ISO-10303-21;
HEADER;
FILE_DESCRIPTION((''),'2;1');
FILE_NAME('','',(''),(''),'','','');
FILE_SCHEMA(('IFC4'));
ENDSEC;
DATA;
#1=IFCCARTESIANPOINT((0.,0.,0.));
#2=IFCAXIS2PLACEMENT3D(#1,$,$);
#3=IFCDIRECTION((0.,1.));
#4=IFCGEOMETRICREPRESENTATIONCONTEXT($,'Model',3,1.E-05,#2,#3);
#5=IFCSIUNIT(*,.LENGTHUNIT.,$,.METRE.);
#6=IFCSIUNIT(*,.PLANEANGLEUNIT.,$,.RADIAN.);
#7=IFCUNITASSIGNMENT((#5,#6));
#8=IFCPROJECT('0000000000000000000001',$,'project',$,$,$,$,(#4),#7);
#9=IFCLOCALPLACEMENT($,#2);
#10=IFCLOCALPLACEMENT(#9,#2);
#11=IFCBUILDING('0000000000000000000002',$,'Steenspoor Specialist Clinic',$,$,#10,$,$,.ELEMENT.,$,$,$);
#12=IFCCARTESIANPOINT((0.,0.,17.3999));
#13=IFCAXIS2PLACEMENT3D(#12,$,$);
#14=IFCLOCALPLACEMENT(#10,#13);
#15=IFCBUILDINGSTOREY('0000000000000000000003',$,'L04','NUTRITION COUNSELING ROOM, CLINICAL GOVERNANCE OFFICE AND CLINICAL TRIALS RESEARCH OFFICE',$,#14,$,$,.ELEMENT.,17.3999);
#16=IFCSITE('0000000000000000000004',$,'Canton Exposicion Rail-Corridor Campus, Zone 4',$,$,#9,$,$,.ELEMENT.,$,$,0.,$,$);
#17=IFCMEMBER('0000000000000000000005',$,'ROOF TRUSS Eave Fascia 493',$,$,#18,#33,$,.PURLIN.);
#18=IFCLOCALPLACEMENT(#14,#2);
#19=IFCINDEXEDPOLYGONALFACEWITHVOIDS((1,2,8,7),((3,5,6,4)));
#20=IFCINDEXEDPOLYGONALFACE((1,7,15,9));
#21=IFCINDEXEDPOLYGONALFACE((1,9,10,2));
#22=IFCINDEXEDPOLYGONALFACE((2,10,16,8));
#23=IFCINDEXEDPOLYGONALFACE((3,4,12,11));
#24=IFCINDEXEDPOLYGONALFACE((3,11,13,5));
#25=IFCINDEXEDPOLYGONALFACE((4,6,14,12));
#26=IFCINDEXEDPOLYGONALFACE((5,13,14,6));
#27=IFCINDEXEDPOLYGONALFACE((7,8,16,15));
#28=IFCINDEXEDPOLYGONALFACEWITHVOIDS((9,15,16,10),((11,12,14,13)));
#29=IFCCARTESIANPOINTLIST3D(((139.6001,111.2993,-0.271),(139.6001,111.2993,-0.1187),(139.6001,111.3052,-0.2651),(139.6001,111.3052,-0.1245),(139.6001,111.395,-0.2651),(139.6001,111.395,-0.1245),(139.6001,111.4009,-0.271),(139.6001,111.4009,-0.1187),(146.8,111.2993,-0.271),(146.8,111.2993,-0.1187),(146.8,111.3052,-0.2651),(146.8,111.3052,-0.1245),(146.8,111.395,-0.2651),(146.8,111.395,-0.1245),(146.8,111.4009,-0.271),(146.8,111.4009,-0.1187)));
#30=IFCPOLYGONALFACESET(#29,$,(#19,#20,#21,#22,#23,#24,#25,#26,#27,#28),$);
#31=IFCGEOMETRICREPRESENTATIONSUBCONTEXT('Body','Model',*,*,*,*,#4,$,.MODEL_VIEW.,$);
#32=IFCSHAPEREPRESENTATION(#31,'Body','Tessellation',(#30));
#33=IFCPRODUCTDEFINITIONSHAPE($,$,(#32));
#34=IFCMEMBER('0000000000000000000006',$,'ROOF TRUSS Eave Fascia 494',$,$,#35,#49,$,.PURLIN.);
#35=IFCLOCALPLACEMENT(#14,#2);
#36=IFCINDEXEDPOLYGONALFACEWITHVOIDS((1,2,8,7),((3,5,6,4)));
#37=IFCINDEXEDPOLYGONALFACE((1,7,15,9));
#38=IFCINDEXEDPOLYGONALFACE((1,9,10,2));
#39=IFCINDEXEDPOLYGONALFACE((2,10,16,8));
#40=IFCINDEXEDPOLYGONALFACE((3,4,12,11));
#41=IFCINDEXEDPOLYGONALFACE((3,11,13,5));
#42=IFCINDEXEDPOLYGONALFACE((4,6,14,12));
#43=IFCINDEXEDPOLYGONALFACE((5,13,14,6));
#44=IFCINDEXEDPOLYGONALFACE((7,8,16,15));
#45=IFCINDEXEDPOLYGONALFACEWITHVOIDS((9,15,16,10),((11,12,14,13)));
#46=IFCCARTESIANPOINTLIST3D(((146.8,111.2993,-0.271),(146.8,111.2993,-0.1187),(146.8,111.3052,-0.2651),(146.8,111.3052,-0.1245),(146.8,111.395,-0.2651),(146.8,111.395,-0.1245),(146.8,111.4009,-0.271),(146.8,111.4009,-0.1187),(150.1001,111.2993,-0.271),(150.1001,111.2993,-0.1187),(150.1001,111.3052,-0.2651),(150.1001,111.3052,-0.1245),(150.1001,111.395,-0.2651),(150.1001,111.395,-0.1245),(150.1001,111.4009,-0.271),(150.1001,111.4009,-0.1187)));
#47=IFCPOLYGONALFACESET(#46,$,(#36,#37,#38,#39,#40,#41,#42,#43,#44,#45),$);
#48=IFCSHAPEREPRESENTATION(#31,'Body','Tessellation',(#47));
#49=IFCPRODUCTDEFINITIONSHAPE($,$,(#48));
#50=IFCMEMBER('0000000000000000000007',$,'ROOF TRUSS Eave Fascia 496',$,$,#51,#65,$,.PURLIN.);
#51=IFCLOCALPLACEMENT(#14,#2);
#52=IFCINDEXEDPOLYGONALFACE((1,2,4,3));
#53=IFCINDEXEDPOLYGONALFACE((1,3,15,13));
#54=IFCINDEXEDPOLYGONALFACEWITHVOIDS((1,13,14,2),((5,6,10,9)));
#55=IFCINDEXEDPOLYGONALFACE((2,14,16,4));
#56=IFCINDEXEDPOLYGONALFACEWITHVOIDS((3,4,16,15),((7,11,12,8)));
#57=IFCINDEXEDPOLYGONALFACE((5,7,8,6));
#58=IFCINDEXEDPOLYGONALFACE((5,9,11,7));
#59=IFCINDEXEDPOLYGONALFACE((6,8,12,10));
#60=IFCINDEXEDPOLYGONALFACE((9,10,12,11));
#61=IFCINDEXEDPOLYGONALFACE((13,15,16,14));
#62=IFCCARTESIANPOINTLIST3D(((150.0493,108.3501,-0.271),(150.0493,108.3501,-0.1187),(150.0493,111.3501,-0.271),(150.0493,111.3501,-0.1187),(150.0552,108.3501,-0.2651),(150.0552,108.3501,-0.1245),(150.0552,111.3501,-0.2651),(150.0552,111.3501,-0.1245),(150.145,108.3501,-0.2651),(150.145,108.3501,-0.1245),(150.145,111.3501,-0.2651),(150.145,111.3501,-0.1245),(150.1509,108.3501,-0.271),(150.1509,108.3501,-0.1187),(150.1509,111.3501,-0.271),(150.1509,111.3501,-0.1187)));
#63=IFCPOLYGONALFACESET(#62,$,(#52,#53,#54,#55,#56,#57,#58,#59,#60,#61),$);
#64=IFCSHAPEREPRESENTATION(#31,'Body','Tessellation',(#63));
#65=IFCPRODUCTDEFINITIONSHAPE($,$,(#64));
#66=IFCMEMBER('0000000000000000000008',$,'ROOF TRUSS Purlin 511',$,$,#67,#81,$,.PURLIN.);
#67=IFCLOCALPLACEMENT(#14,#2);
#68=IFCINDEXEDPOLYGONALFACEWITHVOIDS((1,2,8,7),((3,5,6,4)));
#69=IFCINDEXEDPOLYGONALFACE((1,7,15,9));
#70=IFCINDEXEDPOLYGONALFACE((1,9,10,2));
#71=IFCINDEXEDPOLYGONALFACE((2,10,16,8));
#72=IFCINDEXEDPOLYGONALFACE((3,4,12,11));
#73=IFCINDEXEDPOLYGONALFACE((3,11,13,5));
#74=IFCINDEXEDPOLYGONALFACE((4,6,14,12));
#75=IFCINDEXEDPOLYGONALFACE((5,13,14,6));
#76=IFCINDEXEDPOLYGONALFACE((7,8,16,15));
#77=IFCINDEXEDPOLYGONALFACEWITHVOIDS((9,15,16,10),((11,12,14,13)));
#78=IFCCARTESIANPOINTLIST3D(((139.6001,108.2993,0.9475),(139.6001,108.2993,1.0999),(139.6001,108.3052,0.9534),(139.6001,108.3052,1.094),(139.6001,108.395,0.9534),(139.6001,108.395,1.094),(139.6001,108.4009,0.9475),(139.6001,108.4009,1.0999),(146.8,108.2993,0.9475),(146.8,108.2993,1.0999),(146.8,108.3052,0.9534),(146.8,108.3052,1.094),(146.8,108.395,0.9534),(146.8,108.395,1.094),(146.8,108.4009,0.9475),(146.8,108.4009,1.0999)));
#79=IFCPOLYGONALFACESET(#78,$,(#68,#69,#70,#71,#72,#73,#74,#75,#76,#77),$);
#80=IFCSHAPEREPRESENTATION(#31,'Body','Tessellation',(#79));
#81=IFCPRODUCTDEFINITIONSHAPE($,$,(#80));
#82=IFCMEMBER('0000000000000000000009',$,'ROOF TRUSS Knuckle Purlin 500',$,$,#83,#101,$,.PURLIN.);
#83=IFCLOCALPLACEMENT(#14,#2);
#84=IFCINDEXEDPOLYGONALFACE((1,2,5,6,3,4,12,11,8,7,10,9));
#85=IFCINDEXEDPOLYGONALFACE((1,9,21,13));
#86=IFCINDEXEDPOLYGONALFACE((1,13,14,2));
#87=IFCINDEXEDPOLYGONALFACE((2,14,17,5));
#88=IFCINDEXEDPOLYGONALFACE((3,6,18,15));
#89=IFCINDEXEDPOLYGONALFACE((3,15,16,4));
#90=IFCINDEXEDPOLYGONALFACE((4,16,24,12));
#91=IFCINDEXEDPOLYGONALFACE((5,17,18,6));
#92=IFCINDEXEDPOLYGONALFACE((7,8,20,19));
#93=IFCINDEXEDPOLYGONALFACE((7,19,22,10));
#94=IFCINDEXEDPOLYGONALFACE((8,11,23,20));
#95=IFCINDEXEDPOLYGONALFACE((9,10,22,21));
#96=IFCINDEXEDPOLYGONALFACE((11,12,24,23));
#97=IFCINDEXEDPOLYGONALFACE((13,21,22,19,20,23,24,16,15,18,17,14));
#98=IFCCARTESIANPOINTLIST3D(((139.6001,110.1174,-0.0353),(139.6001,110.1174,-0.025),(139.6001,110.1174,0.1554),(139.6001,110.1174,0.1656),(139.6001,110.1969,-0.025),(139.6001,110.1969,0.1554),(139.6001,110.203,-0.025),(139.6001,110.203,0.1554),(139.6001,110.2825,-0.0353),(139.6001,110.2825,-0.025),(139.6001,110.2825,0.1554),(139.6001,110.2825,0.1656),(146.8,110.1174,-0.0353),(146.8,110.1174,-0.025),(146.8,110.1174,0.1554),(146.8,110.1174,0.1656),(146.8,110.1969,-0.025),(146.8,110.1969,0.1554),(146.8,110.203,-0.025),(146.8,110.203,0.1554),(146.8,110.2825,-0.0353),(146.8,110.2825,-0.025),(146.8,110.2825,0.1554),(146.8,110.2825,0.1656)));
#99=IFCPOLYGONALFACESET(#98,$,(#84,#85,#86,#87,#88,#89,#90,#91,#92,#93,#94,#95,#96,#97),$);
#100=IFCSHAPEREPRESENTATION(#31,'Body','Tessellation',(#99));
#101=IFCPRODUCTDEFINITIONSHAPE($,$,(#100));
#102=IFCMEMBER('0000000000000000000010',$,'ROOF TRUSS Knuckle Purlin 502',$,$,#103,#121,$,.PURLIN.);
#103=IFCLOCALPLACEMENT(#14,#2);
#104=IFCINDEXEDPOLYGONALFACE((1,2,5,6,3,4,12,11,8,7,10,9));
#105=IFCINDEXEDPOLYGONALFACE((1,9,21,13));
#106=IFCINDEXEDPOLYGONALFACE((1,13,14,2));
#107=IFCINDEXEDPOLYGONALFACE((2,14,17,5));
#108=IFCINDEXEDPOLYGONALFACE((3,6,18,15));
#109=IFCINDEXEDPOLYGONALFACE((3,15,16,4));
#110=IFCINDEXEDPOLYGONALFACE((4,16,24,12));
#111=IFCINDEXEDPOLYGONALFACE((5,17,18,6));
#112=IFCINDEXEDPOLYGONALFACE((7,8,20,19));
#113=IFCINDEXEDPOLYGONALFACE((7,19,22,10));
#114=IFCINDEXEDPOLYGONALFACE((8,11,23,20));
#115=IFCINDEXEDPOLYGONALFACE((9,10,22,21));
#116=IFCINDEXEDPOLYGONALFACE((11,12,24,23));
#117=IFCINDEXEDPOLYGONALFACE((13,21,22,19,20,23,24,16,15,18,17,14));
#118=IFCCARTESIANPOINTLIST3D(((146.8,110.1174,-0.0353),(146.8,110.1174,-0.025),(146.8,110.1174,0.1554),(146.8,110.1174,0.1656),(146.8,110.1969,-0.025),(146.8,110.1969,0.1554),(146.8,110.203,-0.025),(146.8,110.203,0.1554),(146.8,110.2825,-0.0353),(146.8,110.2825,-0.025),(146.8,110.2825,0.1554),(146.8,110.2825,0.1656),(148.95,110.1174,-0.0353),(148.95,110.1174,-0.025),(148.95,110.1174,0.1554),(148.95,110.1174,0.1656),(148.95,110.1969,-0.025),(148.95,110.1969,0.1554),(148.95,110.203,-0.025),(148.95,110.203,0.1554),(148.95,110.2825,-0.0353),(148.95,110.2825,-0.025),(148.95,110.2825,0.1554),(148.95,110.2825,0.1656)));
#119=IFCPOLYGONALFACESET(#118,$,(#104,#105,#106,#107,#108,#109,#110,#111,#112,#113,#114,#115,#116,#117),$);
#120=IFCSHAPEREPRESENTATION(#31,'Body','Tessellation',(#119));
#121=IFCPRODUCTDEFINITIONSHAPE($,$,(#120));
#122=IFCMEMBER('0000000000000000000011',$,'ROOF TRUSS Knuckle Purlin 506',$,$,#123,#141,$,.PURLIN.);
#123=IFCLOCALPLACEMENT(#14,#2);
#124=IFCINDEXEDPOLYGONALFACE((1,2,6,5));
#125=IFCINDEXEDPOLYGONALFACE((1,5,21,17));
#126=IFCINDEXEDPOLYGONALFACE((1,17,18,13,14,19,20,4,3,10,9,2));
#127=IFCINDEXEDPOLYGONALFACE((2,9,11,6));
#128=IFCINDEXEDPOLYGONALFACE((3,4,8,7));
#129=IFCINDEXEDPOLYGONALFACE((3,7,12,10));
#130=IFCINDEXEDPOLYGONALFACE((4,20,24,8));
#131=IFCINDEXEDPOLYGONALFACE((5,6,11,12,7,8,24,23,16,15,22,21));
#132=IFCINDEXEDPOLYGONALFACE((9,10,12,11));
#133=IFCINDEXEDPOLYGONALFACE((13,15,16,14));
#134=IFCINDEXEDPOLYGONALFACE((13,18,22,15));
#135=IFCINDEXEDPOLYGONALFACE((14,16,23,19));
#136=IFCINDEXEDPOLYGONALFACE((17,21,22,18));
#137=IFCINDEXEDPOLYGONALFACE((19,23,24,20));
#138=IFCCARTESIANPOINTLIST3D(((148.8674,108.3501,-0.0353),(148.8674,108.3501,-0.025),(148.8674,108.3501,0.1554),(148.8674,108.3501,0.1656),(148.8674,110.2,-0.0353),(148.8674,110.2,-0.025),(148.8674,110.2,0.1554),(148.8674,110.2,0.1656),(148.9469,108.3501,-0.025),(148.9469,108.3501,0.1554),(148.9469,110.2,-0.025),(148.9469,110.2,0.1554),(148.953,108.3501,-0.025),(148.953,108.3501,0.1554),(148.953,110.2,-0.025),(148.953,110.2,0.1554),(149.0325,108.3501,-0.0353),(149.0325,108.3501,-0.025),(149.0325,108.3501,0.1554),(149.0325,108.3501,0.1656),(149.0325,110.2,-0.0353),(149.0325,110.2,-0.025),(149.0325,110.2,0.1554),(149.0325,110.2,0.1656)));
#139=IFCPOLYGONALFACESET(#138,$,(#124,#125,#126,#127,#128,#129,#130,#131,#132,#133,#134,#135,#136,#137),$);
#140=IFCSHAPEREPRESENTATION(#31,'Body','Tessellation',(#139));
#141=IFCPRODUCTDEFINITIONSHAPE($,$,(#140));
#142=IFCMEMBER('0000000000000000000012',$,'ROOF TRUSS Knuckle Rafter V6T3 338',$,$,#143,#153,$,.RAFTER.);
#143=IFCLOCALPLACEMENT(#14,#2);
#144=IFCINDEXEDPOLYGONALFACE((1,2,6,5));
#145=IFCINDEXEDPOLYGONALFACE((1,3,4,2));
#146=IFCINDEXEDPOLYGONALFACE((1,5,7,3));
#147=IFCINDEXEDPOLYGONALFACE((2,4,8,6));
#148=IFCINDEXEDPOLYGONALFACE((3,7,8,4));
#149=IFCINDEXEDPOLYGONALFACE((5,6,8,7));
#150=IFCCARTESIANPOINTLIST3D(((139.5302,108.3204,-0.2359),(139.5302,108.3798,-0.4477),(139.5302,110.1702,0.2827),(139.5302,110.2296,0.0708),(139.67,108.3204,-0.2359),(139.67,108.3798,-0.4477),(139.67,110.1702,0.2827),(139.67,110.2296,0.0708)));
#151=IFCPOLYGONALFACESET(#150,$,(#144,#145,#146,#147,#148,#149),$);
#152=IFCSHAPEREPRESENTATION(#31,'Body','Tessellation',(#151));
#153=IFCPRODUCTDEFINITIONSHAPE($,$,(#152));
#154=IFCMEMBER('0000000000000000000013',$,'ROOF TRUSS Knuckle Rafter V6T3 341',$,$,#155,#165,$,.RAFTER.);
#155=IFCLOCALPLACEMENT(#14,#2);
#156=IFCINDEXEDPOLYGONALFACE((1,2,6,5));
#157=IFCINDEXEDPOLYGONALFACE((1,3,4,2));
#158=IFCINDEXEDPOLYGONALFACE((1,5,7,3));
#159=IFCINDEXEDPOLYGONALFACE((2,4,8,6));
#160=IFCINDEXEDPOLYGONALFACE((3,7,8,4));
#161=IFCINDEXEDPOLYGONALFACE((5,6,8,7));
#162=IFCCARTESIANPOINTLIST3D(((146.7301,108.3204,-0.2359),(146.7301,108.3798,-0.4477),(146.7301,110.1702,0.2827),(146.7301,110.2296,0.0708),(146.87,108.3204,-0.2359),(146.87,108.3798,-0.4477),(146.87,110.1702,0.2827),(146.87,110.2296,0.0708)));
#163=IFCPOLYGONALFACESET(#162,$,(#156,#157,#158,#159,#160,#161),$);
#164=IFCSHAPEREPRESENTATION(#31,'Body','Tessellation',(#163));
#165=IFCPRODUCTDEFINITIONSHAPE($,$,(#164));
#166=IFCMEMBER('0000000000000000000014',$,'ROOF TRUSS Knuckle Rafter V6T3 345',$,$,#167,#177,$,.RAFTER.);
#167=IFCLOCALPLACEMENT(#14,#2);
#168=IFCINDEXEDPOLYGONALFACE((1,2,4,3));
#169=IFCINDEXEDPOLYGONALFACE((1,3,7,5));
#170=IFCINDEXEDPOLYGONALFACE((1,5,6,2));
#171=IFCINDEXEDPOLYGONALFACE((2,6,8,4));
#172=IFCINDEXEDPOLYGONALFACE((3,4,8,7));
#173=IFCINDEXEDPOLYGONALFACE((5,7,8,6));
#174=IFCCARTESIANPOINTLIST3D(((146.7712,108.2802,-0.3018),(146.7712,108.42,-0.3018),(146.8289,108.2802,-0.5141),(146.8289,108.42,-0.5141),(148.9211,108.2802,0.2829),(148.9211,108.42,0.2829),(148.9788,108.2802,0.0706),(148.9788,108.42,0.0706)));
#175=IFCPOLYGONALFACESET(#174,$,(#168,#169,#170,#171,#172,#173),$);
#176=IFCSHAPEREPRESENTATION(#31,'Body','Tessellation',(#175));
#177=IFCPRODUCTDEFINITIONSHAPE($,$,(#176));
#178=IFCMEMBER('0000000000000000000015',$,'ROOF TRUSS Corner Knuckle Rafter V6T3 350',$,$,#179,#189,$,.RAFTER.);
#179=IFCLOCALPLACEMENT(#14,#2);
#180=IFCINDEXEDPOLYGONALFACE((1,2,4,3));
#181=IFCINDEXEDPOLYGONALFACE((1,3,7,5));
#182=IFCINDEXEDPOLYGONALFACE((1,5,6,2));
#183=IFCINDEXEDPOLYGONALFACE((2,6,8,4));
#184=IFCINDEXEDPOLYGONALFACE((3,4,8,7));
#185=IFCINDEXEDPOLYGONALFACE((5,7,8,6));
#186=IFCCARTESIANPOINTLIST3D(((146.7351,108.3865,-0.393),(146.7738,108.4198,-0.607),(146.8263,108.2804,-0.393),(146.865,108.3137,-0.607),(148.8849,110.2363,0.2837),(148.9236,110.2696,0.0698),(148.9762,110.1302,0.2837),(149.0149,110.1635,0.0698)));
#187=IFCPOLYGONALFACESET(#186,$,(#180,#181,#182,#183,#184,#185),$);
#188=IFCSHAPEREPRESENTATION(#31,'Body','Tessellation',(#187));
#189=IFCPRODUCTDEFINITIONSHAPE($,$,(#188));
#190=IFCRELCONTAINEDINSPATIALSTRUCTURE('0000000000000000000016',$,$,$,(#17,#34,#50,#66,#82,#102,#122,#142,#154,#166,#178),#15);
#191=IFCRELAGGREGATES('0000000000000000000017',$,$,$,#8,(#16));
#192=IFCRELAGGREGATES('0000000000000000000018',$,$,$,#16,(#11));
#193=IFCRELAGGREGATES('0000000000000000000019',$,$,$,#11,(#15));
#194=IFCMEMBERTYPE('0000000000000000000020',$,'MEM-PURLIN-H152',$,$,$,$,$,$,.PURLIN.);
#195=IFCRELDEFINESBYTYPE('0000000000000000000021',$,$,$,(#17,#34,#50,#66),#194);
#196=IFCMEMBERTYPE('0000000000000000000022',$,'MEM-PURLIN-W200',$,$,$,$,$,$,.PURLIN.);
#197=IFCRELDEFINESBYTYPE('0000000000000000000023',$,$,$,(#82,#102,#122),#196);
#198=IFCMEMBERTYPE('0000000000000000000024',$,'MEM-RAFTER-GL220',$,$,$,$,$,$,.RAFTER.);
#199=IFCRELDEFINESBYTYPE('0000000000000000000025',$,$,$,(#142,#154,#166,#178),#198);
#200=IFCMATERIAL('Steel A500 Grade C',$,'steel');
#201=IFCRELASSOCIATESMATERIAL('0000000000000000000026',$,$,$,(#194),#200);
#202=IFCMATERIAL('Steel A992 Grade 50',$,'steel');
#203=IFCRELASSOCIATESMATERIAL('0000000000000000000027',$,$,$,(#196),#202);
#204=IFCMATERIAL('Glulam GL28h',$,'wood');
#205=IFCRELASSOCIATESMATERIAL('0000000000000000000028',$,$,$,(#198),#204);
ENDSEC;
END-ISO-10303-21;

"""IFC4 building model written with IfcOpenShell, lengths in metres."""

from ifc_helpers import new_model, si_unit, direction, frame, origin, origin_2d, place, context, subcontext, project, spatial, rectangle, hollow_rectangle, i_section, extrude, material, material_profile, profile_set, type_object, element, save


model = new_model("IFC4")

# Units and contexts
model_context = context("Model", 3, precision=1e-05, world=origin(), true_north=direction((0.0, 1.0)))
body_context = subcontext(model_context, "Body", "Model", "MODEL_VIEW")
ifc_project = project(units=[si_unit("LENGTHUNIT", "METRE"), si_unit("PLANEANGLEUNIT", "RADIAN")], contexts=[model_context])

# Site, building, storey
site_placement = place(None, origin())
site = spatial("IfcSite", under=ifc_project, at=site_placement, Name="Canton Exposicion Rail-Corridor Campus, Zone 4", CompositionType="ELEMENT", RefElevation=0.0)
building_placement = place(site_placement, origin())
building = spatial("IfcBuilding", under=site, at=building_placement, Name="Steenspoor Specialist Clinic", CompositionType="ELEMENT")
storey_placement = place(building_placement, frame((0.0, 0.0, 17.3999)))
storey = spatial("IfcBuildingStorey", under=building, at=storey_placement, Name="L04", Description="NUTRITION COUNSELING ROOM, CLINICAL GOVERNANCE OFFICE AND CLINICAL TRIALS RESEARCH OFFICE", CompositionType="ELEMENT", Elevation=17.3999)

# Members
ifc_material_1 = material(Name="Steel A500 Grade C", Category="steel")
ifc_material_profile_1 = material_profile(ifc_material_1, hollow_rectangle(XDim=0.1016, YDim=0.1523, WallThickness=0.0059, at=origin_2d()), Name="HSS152X102X6.4")
ifc_profile_set_1 = profile_set([ifc_material_profile_1], Name="Steel A500 Grade C")
member_type_1 = type_object("IfcMemberType", Name="MEM-PURLIN-H152", PredefinedType="PURLIN", material=ifc_profile_set_1)
member_1_placement = place(storey_placement, frame((139.6001, 111.3501, -0.1948), z_axis=(1.0, 0.0, 0.0), x_axis=(0.0, 1.0, 0.0)))
element("IfcMember", 1, at=member_1_placement, inside=storey, type_object=member_type_1, Name="ROOF TRUSS Eave Fascia 493", PredefinedType="PURLIN", context=body_context, shape_type="SweptSolid", body=[
    extrude(hollow_rectangle(XDim=0.1016, YDim=0.1523, WallThickness=0.0059, at=origin_2d()), origin(), (0.0, 0.0, 1.0), 7.2),
])
member_2_placement = place(storey_placement, frame((146.8, 111.3501, -0.1948), z_axis=(1.0, 0.0, 0.0), x_axis=(0.0, 1.0, 0.0)))
element("IfcMember", 2, at=member_2_placement, inside=storey, type_object=member_type_1, Name="ROOF TRUSS Eave Fascia 494", PredefinedType="PURLIN", context=body_context, shape_type="SweptSolid", body=[
    extrude(hollow_rectangle(XDim=0.1016, YDim=0.1523, WallThickness=0.0059, at=origin_2d()), origin(), (0.0, 0.0, 1.0), 3.3),
])
member_3_placement = place(storey_placement, frame((150.1001, 108.3501, -0.1948), z_axis=(0.0, 1.0, 0.0), x_axis=(-1.0, 0.0, 0.0)))
element("IfcMember", 3, at=member_3_placement, inside=storey, type_object=member_type_1, Name="ROOF TRUSS Eave Fascia 496", PredefinedType="PURLIN", context=body_context, shape_type="SweptSolid", body=[
    extrude(hollow_rectangle(XDim=0.1016, YDim=0.1523, WallThickness=0.0059, at=origin_2d()), origin(), (0.0, 0.0, 1.0), 3.0),
])
member_4_placement = place(storey_placement, frame((139.6001, 108.3501, 1.0237), z_axis=(1.0, 0.0, 0.0), x_axis=(0.0, 1.0, 0.0)))
element("IfcMember", 4, at=member_4_placement, inside=storey, type_object=member_type_1, Name="ROOF TRUSS Purlin 511", PredefinedType="PURLIN", context=body_context, shape_type="SweptSolid", body=[
    extrude(hollow_rectangle(XDim=0.1016, YDim=0.1523, WallThickness=0.0059, at=origin_2d()), origin(), (0.0, 0.0, 1.0), 7.2),
])
ifc_material_2 = material(Name="Steel A992 Grade 50", Category="steel")
ifc_material_profile_2 = material_profile(ifc_material_2, i_section(OverallWidth=0.165, OverallDepth=0.2009, WebThickness=0.0061, FlangeThickness=0.0103, at=origin_2d()), Name="W200X36")
ifc_profile_set_2 = profile_set([ifc_material_profile_2], Name="Steel A992 Grade 50")
member_type_2 = type_object("IfcMemberType", Name="MEM-PURLIN-W200", PredefinedType="PURLIN", material=ifc_profile_set_2)
member_5_placement = place(storey_placement, frame((139.6001, 110.2, 0.0652), z_axis=(1.0, 0.0, 0.0), x_axis=(0.0, 1.0, 0.0)))
element("IfcMember", 5, at=member_5_placement, inside=storey, type_object=member_type_2, Name="ROOF TRUSS Knuckle Purlin 500", PredefinedType="PURLIN", context=body_context, shape_type="SweptSolid", body=[
    extrude(i_section(OverallWidth=0.165, OverallDepth=0.2009, WebThickness=0.0061, FlangeThickness=0.0103, at=origin_2d()), origin(), (0.0, 0.0, 1.0), 7.2),
])
member_6_placement = place(storey_placement, frame((146.8, 110.2, 0.0652), z_axis=(1.0, 0.0, 0.0), x_axis=(0.0, 1.0, 0.0)))
element("IfcMember", 6, at=member_6_placement, inside=storey, type_object=member_type_2, Name="ROOF TRUSS Knuckle Purlin 502", PredefinedType="PURLIN", context=body_context, shape_type="SweptSolid", body=[
    extrude(i_section(OverallWidth=0.165, OverallDepth=0.2009, WebThickness=0.0061, FlangeThickness=0.0103, at=origin_2d()), origin(), (0.0, 0.0, 1.0), 2.1499),
])
member_7_placement = place(storey_placement, frame((148.95, 108.3501, 0.0652), z_axis=(0.0, 1.0, 0.0), x_axis=(-1.0, 0.0, 0.0)))
element("IfcMember", 7, at=member_7_placement, inside=storey, type_object=member_type_2, Name="ROOF TRUSS Knuckle Purlin 506", PredefinedType="PURLIN", context=body_context, shape_type="SweptSolid", body=[
    extrude(i_section(OverallWidth=0.165, OverallDepth=0.2009, WebThickness=0.0061, FlangeThickness=0.0103, at=origin_2d()), origin(), (0.0, 0.0, 1.0), 1.8499),
])
ifc_material_3 = material(Name="Glulam GL28h", Category="wood")
ifc_material_profile_3 = material_profile(ifc_material_3, rectangle(XDim=0.1399, YDim=0.22, at=origin_2d()), Name="GL28H-140X220")
ifc_profile_set_3 = profile_set([ifc_material_profile_3], Name="Glulam GL28h")
member_type_3 = type_object("IfcMemberType", Name="MEM-RAFTER-GL220", PredefinedType="RAFTER", material=ifc_profile_set_3)
for number, where, z_axis, x_axis, name in (
    (8, (139.6001, 108.3501, -0.3418), (0.0, 0.962883, 0.269917), (-1.0, 0.0, 0.0), "ROOF TRUSS Knuckle Rafter V6T3 338"),
    (9, (146.8, 108.3501, -0.3418), (0.0, 0.962883, 0.269917), (-1.0, 0.0, 0.0), "ROOF TRUSS Knuckle Rafter V6T3 341"),
):
    element("IfcMember", number, at=place(storey_placement, frame(where, z_axis=z_axis, x_axis=x_axis)), inside=storey, type_object=member_type_3, Name=name, PredefinedType="RAFTER", context=body_context, shape_type="SweptSolid", body=[
        extrude(rectangle(XDim=0.1399, YDim=0.22, at=origin_2d()), origin(), (0.0, 0.0, 1.0), 1.9211),
    ])
member_8_placement = place(storey_placement, frame((146.8, 108.3501, -0.408), z_axis=(0.964948, 0.0, 0.26244), x_axis=(0.0, 1.0, 0.0)))
element("IfcMember", 10, at=member_8_placement, inside=storey, type_object=member_type_3, Name="ROOF TRUSS Knuckle Rafter V6T3 345", PredefinedType="RAFTER", context=body_context, shape_type="SweptSolid", body=[
    extrude(rectangle(XDim=0.1399, YDim=0.22, at=origin_2d()), origin(), (0.0, 0.0, 1.0), 2.228),
])
member_9_placement = place(storey_placement, frame((146.8, 108.3501, -0.5), z_axis=(0.737322, 0.634418, 0.232098), x_axis=(-0.652229, 0.758022, 0.0)))
element("IfcMember", 11, at=member_9_placement, inside=storey, type_object=member_type_3, Name="ROOF TRUSS Corner Knuckle Rafter V6T3 350", PredefinedType="RAFTER", context=body_context, shape_type="SweptSolid", body=[
    extrude(rectangle(XDim=0.1399, YDim=0.22, at=origin_2d()), origin(), (0.0, 0.0, 1.0), 2.9158),
])

save(model, "model.ifc")
